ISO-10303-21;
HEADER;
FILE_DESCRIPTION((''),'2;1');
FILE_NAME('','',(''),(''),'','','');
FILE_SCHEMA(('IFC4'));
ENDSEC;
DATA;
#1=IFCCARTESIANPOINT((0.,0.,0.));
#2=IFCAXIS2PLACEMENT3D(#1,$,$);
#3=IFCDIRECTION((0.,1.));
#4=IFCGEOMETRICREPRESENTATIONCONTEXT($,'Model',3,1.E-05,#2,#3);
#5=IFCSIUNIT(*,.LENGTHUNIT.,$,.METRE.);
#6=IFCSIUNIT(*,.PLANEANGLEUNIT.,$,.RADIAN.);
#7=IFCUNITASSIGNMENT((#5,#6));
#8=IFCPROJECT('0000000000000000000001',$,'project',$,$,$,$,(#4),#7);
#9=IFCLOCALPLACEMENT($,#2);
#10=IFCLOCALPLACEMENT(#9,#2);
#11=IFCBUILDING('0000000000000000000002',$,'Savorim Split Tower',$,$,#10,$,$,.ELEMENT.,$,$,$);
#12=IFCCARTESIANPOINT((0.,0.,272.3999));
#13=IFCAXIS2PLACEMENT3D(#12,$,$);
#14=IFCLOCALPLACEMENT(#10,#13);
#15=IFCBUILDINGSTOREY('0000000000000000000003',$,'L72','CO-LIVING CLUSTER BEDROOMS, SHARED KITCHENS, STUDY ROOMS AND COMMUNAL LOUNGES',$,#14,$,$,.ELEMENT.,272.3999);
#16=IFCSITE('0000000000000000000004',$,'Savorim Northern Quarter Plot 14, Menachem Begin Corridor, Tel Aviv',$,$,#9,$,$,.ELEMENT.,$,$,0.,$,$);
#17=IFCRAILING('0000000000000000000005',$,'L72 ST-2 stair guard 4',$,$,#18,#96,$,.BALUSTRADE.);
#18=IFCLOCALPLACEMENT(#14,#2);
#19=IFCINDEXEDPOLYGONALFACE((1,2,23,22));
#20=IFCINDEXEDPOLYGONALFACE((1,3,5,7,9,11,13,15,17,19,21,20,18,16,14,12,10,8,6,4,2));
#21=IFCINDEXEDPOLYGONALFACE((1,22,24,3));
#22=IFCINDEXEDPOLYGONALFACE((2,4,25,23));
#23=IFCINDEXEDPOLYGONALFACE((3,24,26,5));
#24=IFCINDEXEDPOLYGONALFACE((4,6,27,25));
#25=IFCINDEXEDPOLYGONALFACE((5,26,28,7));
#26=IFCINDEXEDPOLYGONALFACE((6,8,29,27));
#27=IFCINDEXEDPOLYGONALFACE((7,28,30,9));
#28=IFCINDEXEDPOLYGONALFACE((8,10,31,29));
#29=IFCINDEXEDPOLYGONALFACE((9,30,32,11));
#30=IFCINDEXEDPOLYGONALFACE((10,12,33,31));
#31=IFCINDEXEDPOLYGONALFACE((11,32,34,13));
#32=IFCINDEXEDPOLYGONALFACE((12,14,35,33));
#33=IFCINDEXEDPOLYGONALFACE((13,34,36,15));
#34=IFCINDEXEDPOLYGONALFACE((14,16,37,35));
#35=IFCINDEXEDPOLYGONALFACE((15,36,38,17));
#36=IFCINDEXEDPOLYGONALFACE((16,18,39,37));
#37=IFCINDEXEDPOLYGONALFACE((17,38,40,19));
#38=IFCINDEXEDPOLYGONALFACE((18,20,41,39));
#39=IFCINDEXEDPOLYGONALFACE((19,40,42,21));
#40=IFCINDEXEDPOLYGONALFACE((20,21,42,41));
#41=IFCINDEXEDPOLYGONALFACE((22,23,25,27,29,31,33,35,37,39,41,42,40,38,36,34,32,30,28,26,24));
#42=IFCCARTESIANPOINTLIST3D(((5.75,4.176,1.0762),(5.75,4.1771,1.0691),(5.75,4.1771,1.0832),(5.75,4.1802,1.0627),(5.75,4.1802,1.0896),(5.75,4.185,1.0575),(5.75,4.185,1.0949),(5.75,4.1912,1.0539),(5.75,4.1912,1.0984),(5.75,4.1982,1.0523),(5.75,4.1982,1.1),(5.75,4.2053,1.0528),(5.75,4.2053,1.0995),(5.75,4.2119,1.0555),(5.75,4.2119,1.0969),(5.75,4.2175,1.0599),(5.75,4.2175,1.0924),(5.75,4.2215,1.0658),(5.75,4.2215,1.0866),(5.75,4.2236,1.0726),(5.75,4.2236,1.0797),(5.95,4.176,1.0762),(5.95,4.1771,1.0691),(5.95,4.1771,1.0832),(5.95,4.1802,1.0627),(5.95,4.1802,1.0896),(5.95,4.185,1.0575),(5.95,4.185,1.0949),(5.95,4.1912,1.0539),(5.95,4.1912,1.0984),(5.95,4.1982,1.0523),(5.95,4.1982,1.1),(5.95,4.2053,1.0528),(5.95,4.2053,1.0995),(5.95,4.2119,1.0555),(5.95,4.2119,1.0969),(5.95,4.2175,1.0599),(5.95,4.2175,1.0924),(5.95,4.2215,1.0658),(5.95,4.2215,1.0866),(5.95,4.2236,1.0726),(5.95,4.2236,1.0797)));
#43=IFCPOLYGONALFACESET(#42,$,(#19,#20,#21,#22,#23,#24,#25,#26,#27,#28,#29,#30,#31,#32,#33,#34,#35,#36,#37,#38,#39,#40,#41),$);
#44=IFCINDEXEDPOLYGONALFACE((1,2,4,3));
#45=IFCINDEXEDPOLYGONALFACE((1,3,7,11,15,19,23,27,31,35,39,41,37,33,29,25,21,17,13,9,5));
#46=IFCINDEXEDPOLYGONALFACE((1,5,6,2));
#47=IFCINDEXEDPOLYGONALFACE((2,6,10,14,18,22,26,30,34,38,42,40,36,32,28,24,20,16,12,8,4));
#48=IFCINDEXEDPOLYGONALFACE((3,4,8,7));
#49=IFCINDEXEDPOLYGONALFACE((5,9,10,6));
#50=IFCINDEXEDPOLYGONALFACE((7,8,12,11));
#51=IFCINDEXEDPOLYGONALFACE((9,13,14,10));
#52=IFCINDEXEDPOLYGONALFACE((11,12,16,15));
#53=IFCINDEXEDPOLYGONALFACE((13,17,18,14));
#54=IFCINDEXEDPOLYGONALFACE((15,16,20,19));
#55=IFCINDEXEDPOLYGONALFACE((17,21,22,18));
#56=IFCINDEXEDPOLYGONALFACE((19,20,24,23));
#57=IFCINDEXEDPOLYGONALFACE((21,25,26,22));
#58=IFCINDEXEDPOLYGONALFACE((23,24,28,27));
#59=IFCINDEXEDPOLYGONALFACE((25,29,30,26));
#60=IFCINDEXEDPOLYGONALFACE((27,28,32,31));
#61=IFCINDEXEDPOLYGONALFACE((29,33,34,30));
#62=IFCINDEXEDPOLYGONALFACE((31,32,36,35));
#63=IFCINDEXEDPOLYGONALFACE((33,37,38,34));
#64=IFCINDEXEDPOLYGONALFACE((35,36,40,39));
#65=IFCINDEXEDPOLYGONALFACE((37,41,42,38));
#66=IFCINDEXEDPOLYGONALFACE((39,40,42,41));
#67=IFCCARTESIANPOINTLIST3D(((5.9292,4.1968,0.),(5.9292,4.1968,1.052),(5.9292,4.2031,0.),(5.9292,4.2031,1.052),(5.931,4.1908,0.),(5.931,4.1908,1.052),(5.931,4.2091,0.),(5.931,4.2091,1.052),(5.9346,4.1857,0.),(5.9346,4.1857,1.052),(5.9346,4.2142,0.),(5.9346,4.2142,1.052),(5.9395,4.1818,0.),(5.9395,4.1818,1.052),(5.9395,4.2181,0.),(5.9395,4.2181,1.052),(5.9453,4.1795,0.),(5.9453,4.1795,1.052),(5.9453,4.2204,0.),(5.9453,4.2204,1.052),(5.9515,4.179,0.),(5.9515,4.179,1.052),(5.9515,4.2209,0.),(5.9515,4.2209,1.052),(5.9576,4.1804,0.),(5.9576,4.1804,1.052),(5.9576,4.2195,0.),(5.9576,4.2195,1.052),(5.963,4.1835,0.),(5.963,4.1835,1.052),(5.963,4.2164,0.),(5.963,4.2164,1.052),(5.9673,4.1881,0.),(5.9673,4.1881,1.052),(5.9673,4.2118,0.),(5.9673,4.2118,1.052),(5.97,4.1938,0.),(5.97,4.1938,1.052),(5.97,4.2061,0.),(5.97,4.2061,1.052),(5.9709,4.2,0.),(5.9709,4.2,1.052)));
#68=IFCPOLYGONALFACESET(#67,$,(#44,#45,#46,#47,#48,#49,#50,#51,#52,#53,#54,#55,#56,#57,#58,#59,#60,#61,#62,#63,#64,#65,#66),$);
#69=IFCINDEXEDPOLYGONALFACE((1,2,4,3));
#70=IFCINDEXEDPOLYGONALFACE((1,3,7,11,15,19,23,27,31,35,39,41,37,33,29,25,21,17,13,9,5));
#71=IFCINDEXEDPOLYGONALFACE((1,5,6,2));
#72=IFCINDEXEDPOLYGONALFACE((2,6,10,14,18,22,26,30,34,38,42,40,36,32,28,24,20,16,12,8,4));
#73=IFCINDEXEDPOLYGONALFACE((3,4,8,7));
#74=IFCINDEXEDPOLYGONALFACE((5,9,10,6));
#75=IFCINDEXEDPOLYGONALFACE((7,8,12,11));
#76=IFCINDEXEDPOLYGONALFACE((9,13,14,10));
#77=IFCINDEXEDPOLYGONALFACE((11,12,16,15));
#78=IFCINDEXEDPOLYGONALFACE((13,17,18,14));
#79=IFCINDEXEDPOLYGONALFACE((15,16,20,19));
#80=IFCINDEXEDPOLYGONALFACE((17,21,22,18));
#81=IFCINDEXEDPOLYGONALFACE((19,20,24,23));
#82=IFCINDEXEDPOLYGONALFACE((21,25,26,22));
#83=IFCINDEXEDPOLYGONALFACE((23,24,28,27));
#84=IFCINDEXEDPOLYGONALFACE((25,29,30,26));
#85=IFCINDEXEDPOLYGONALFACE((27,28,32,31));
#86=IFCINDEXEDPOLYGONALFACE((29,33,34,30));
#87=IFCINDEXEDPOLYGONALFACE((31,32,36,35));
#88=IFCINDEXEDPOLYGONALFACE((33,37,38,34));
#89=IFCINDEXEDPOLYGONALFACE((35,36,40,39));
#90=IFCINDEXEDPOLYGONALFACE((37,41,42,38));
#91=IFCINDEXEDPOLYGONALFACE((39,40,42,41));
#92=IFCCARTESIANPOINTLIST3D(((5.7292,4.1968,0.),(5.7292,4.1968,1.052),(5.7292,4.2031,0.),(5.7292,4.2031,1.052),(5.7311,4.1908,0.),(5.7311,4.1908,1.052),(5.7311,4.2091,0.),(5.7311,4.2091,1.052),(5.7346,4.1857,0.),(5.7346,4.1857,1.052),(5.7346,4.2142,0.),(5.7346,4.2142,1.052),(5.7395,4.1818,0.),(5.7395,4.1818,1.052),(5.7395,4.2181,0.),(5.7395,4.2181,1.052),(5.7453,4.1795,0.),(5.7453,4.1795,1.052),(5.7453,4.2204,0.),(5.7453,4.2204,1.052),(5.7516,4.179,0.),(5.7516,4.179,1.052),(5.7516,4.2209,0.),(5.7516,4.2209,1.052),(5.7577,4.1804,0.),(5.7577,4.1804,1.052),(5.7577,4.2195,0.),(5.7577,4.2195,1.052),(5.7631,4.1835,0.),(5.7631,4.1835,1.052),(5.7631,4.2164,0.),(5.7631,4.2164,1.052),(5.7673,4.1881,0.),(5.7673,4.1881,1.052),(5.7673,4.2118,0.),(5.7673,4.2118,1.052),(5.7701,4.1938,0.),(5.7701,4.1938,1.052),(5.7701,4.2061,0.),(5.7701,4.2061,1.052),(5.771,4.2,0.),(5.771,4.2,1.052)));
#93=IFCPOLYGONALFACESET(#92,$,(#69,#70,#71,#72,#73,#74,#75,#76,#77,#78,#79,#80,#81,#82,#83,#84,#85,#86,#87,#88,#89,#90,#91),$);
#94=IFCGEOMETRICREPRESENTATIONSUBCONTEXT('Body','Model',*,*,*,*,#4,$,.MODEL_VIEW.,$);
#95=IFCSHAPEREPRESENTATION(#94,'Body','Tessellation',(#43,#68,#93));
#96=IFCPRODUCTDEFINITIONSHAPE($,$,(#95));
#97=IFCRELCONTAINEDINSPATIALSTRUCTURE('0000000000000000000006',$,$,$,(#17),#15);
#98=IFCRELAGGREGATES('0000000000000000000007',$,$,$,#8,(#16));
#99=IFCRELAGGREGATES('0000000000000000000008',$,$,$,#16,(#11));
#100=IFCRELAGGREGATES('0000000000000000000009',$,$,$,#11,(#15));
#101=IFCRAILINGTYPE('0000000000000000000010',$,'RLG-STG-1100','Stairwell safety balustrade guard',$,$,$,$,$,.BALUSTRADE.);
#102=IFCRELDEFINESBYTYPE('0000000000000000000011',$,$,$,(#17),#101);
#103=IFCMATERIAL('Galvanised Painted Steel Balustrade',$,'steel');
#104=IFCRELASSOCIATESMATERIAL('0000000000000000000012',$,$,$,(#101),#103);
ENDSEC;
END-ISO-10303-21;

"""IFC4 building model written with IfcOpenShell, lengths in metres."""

from ifc_helpers import new_model, si_unit, direction, frame, origin, origin_2d, place, context, subcontext, project, spatial, circle, extrude, material, type_object, element, save


model = new_model("IFC4")

# Units and contexts
model_context = context("Model", 3, precision=1e-05, world=origin(), true_north=direction((0.0, 1.0)))
body_context = subcontext(model_context, "Body", "Model", "MODEL_VIEW")
ifc_project = project(units=[si_unit("LENGTHUNIT", "METRE"), si_unit("PLANEANGLEUNIT", "RADIAN")], contexts=[model_context])

# Site, building, storey
site_placement = place(None, origin())
site = spatial("IfcSite", under=ifc_project, at=site_placement, Name="Savorim Northern Quarter Plot 14, Menachem Begin Corridor, Tel Aviv", CompositionType="ELEMENT", RefElevation=0.0)
building_placement = place(site_placement, origin())
building = spatial("IfcBuilding", under=site, at=building_placement, Name="Savorim Split Tower", CompositionType="ELEMENT")
storey_placement = place(building_placement, frame((0.0, 0.0, 272.3999)))
storey = spatial("IfcBuildingStorey", under=building, at=storey_placement, Name="L72", Description="CO-LIVING CLUSTER BEDROOMS, SHARED KITCHENS, STUDY ROOMS AND COMMUNAL LOUNGES", CompositionType="ELEMENT", Elevation=272.3999)

# Railing
ifc_material_1 = material(Name="Galvanised Painted Steel Balustrade", Category="steel")
railing_type_1 = type_object("IfcRailingType", Name="RLG-STG-1100", Description="Stairwell safety balustrade guard", PredefinedType="BALUSTRADE", material=ifc_material_1)
railing_1_placement = place(storey_placement, frame((5.95, 4.2, 0.0)))
element("IfcRailing", 1, at=railing_1_placement, inside=storey, type_object=railing_type_1, Name="L72 ST-2 stair guard 4", PredefinedType="BALUSTRADE", context=body_context, shape_type="SweptSolid", body=[
    extrude(circle(Radius=0.0239, at=origin_2d()), frame((0.0, 0.0, 1.0762), z_axis=(-1.0, 0.0, 0.0), x_axis=(0.0, -1.0, 0.0)), (0.0, 0.0, 1.0), 0.2),
    extrude(circle(Radius=0.021, at=origin_2d()), origin(), (0.0, 0.0, 1.0), 1.052),
    extrude(circle(Radius=0.021, at=origin_2d()), frame((-0.2, 0.0, 0.0)), (0.0, 0.0, 1.0), 1.052),
])

save(model, "model.ifc")
